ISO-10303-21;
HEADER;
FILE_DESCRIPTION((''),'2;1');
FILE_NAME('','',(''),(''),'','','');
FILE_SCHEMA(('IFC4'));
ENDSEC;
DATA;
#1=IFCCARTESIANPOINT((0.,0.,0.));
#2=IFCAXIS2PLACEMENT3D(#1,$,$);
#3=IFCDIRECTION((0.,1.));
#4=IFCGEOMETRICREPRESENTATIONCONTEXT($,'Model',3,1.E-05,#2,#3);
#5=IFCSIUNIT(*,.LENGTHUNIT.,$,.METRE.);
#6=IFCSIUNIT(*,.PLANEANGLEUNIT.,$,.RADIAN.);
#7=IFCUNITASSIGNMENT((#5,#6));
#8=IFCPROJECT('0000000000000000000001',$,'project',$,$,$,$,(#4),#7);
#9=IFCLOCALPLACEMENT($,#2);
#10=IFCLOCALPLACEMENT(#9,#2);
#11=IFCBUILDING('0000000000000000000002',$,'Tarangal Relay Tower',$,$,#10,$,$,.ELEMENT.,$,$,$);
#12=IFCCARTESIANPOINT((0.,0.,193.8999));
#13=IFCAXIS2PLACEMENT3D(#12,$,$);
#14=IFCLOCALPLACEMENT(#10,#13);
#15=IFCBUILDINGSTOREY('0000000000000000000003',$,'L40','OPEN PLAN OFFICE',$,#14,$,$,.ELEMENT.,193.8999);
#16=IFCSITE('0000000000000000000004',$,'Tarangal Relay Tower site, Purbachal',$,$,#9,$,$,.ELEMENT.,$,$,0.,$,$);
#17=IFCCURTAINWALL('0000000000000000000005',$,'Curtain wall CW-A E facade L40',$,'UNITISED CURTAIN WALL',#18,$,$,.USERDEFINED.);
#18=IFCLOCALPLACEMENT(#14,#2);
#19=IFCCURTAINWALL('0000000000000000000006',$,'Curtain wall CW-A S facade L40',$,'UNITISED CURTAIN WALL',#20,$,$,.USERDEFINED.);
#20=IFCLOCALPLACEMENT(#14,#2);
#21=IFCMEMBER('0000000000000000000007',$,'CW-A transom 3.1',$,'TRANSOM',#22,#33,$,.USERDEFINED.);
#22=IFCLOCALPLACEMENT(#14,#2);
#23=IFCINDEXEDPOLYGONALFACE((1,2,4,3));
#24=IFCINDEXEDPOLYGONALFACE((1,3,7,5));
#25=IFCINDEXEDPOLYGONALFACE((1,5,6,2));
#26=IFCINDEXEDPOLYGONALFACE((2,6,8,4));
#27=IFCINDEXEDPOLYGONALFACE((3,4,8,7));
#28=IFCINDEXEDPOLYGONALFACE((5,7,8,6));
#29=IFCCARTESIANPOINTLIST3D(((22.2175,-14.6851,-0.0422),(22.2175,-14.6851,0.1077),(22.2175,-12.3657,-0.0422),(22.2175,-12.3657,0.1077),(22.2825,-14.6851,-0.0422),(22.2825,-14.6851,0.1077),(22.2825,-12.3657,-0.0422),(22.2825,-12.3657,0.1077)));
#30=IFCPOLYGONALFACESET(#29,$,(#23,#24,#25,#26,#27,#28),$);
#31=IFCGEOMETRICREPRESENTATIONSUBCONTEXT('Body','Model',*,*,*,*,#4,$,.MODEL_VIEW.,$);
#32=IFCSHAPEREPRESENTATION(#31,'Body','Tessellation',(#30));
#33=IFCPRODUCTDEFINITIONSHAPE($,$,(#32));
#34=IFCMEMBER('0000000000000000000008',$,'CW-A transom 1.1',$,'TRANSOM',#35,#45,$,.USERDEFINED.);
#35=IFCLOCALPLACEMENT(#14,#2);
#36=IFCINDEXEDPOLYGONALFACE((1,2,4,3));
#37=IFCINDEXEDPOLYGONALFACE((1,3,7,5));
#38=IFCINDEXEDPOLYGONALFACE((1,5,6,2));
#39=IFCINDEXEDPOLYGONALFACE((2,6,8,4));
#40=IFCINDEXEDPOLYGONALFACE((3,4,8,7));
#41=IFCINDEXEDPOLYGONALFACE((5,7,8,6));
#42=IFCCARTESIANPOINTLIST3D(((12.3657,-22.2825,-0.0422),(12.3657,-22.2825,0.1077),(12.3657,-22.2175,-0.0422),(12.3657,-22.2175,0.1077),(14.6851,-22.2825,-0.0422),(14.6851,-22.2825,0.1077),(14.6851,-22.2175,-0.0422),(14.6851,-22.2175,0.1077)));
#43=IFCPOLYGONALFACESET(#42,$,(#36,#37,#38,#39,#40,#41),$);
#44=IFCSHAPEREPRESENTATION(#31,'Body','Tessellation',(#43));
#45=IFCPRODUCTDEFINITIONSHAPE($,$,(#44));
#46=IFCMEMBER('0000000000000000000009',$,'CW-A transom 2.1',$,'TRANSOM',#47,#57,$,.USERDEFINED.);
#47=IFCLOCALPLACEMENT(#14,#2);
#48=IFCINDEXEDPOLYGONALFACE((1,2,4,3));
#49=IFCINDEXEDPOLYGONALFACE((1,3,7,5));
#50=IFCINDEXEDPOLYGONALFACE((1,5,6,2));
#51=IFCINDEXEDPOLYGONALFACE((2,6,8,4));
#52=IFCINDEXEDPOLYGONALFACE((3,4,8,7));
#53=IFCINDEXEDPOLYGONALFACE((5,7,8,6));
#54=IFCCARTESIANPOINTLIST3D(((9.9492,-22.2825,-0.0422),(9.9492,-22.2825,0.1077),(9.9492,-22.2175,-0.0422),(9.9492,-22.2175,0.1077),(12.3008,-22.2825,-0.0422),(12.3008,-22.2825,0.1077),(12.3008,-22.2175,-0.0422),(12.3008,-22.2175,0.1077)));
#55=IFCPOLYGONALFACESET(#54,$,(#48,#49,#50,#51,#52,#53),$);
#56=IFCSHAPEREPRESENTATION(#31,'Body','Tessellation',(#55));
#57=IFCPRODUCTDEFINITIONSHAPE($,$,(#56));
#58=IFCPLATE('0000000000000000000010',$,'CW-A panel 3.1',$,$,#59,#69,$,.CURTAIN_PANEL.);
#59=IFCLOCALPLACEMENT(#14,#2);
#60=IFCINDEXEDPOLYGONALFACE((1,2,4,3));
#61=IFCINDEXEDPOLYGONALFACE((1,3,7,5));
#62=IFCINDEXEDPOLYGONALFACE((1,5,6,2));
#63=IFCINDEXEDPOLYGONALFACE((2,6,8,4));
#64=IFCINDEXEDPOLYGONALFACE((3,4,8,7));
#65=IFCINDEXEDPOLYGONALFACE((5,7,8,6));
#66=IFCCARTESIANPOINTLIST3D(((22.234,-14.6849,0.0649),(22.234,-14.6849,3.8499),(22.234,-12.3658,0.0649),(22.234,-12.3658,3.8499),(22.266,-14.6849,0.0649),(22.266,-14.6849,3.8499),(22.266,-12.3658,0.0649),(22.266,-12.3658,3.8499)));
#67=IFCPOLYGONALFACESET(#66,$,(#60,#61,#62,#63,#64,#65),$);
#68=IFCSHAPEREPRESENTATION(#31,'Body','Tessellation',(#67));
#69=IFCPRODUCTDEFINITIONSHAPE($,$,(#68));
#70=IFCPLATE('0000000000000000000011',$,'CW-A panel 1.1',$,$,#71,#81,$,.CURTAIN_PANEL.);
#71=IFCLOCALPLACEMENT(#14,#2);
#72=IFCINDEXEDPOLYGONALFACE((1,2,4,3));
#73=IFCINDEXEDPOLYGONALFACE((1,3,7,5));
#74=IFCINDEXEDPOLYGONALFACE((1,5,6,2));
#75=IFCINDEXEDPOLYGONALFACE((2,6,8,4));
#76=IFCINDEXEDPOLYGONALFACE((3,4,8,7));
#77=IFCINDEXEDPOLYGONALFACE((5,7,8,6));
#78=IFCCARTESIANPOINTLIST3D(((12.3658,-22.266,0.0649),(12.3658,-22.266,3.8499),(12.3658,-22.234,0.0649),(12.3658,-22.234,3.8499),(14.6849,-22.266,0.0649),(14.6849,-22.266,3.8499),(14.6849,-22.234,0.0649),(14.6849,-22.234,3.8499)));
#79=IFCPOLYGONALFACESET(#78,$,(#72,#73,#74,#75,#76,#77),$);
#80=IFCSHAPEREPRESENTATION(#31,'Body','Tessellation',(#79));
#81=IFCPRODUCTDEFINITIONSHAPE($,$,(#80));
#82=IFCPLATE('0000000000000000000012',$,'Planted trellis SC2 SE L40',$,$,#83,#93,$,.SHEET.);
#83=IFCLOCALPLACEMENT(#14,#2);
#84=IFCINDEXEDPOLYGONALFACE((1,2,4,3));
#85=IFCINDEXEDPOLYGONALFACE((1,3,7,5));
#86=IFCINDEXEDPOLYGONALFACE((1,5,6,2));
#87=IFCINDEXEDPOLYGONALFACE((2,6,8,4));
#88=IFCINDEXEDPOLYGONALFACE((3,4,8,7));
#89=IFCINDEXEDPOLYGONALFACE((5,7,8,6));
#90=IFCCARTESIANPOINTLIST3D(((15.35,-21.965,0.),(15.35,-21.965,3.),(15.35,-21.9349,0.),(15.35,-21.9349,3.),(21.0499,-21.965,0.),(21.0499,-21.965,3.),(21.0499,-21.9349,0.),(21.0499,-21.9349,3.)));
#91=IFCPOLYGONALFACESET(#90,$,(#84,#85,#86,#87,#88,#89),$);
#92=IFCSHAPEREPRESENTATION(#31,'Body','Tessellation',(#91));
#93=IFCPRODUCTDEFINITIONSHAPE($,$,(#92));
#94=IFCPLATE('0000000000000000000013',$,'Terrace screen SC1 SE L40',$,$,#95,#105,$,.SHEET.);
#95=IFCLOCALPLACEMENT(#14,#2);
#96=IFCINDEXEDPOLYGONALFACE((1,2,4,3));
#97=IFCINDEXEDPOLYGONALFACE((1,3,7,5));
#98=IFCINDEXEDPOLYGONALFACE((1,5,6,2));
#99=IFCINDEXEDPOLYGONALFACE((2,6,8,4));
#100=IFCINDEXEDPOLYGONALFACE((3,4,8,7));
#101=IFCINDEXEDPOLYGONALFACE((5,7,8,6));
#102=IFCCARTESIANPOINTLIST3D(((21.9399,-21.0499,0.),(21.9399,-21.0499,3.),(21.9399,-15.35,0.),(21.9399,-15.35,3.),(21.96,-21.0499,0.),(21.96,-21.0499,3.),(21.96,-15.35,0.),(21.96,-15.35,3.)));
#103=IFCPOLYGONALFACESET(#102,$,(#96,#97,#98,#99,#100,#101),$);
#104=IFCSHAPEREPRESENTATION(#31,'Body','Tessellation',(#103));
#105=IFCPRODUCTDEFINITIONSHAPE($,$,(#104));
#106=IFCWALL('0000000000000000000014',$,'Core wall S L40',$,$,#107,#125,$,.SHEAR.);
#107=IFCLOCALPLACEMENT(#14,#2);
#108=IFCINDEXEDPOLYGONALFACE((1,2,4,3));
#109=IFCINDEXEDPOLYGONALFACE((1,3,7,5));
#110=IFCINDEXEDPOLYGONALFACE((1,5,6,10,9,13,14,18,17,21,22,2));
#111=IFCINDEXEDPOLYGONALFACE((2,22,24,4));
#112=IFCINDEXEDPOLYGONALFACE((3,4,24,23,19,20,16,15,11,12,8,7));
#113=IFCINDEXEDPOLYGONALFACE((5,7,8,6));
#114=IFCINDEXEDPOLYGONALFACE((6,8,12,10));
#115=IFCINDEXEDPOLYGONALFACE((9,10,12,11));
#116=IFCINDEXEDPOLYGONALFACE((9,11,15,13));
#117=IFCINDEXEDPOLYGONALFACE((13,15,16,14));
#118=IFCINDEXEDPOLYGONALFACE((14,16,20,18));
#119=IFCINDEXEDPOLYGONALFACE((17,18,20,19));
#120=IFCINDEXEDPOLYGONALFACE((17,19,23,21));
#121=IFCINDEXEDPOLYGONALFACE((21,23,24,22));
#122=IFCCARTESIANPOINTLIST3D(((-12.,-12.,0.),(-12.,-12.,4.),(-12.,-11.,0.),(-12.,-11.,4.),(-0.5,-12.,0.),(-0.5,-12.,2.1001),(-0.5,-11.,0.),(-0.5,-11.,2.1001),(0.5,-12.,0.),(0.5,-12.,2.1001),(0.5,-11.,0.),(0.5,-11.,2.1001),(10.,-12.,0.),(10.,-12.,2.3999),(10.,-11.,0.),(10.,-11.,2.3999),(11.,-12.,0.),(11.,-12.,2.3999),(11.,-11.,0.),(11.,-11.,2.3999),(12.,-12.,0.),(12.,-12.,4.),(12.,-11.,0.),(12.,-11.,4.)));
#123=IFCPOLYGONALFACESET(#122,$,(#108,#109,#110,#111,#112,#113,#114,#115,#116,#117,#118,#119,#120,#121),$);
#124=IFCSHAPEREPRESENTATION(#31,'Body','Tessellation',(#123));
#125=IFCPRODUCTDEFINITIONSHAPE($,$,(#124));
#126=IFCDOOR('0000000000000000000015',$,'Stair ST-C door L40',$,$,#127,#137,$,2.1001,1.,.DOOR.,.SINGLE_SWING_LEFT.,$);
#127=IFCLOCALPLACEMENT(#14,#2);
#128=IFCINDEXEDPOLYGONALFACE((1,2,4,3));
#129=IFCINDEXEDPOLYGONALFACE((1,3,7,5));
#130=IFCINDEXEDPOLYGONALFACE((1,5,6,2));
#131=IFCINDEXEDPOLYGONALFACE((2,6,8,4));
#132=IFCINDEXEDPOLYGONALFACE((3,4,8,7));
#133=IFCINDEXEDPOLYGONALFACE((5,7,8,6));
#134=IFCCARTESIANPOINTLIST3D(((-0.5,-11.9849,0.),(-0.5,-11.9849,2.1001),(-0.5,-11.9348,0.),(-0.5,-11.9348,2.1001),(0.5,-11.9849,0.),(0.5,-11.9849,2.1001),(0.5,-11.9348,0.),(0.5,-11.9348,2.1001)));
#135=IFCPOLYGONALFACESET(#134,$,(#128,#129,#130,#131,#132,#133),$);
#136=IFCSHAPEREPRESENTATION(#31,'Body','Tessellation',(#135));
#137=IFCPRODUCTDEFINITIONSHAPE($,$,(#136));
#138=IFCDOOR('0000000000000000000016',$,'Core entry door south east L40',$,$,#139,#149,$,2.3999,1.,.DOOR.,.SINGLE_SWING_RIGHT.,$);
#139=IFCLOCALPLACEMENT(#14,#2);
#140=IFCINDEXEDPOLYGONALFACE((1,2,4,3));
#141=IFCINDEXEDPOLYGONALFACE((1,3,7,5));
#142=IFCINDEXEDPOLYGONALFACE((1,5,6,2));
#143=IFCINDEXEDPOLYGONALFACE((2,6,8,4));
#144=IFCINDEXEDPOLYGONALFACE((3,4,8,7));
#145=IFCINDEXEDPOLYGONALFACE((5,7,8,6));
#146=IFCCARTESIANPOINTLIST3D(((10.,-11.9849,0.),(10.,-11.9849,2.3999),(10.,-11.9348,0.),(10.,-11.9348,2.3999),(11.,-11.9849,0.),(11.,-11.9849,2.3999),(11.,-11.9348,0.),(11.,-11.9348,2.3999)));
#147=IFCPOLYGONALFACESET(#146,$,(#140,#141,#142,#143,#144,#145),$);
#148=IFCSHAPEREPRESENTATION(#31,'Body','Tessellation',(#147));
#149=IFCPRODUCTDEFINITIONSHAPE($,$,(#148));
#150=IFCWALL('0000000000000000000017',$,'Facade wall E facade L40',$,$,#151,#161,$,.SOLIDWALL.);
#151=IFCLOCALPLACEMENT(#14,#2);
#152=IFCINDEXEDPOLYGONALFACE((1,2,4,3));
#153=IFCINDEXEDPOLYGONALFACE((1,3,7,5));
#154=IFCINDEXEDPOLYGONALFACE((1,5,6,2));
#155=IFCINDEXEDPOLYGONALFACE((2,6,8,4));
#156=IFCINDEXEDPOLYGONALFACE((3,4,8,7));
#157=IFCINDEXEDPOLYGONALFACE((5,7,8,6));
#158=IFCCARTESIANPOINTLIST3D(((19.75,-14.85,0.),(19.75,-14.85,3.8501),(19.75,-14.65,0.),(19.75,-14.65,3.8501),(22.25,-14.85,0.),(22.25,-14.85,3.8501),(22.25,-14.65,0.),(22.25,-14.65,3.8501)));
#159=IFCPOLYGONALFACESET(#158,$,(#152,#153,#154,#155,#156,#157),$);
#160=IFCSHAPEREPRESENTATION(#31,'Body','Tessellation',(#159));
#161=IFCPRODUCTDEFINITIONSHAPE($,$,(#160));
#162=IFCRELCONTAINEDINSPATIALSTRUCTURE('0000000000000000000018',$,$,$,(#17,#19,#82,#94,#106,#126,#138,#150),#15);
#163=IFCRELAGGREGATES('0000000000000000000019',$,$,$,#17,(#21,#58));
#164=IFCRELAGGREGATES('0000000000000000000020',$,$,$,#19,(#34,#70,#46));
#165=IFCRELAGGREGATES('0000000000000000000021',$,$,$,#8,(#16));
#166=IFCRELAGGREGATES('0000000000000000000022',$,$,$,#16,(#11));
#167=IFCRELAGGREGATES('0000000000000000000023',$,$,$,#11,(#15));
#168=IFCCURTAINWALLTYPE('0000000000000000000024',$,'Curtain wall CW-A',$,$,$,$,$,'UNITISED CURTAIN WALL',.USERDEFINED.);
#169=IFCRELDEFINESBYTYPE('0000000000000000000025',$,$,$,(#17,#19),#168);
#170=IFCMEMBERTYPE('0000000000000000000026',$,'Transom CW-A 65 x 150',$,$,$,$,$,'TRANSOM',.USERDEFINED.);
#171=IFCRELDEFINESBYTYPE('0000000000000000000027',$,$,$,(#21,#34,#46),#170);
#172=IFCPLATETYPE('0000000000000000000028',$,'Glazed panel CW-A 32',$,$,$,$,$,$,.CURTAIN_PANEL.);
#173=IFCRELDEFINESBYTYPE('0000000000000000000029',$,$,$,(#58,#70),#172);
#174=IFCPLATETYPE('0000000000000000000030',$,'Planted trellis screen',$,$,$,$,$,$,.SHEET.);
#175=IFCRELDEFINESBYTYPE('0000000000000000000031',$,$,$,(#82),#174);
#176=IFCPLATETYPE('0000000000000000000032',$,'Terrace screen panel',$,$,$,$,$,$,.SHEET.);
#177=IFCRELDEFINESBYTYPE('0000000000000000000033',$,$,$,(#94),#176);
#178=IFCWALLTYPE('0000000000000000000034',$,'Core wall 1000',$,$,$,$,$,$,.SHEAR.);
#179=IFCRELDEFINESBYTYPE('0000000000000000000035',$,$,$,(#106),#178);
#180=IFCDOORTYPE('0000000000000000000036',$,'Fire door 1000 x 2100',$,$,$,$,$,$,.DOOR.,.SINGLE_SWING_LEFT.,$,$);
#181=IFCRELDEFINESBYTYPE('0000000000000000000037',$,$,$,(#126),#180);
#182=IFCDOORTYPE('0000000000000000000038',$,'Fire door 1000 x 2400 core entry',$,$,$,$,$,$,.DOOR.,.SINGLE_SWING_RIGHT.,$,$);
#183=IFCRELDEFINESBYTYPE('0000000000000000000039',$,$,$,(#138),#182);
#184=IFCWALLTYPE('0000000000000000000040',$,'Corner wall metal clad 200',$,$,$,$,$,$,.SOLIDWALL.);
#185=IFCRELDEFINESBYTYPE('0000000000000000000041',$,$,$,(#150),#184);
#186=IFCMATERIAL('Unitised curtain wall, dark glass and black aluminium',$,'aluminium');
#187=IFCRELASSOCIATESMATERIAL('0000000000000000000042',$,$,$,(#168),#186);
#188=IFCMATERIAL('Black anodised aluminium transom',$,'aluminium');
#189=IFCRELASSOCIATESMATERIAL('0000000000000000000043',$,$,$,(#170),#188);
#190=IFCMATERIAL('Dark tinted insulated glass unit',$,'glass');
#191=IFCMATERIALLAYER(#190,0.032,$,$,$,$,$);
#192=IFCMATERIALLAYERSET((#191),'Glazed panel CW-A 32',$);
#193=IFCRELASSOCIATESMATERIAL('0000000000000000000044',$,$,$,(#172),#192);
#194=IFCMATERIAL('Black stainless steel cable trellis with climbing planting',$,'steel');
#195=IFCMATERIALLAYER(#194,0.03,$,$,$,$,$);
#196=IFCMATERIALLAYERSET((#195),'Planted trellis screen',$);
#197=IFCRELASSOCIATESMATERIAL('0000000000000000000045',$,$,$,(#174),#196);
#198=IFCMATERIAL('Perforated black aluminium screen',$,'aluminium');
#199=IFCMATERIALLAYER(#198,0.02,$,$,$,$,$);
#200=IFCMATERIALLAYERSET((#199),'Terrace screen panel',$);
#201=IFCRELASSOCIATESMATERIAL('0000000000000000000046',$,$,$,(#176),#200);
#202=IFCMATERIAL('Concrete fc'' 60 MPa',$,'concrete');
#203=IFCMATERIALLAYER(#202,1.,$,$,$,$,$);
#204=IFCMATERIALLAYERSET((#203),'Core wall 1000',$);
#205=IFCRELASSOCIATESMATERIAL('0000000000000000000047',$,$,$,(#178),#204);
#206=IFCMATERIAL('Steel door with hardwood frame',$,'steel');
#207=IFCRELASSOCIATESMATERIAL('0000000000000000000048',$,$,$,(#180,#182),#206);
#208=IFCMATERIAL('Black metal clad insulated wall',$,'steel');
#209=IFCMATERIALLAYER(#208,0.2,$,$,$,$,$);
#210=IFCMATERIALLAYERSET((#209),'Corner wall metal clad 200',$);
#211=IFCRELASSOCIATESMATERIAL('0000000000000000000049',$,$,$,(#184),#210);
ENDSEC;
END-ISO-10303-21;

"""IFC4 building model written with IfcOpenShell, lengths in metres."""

from ifc_helpers import new_model, si_unit, direction, frame, frame_2d, origin, origin_2d, place, context, subcontext, project, spatial, rectangle, extrude, material, layer, layer_set, material_profile, profile_set, type_object, element, fill, aggregate, save


model = new_model("IFC4")

# Units and contexts
model_context = context("Model", 3, precision=1e-05, world=origin(), true_north=direction((0.0, 1.0)))
body_context = subcontext(model_context, "Body", "Model", "MODEL_VIEW")
ifc_project = project(units=[si_unit("LENGTHUNIT", "METRE"), si_unit("PLANEANGLEUNIT", "RADIAN")], contexts=[model_context])

# Site, building, storey
site_placement = place(None, origin())
site = spatial("IfcSite", under=ifc_project, at=site_placement, Name="Tarangal Relay Tower site, Purbachal", CompositionType="ELEMENT", RefElevation=0.0)
building_placement = place(site_placement, origin())
building = spatial("IfcBuilding", under=site, at=building_placement, Name="Tarangal Relay Tower", CompositionType="ELEMENT")
storey_placement = place(building_placement, frame((0.0, 0.0, 193.8999)))
storey = spatial("IfcBuildingStorey", under=building, at=storey_placement, Name="L40", Description="OPEN PLAN OFFICE", CompositionType="ELEMENT", Elevation=193.8999)

# Curtain walls
ifc_material_1 = material(Name="Unitised curtain wall, dark glass and black aluminium", Category="aluminium")
curtain_wall_type = type_object("IfcCurtainWallType", Name="Curtain wall CW-A", ElementType="UNITISED CURTAIN WALL", PredefinedType="USERDEFINED", material=ifc_material_1)
curtain_wall_1_placement = place(storey_placement, origin())
curtain_wall_1 = element("IfcCurtainWall", 1, at=curtain_wall_1_placement, inside=storey, type_object=curtain_wall_type, Name="Curtain wall CW-A E facade L40", ObjectType="UNITISED CURTAIN WALL", PredefinedType="USERDEFINED")
curtain_wall_2_placement = place(storey_placement, origin())
curtain_wall_2 = element("IfcCurtainWall", 2, at=curtain_wall_2_placement, inside=storey, type_object=curtain_wall_type, Name="Curtain wall CW-A S facade L40", ObjectType="UNITISED CURTAIN WALL", PredefinedType="USERDEFINED")

# Members
ifc_material_2 = material(Name="Black anodised aluminium transom", Category="aluminium")
ifc_material_profile_1 = material_profile(ifc_material_2, rectangle(XDim=0.0649, YDim=0.1499, at=origin_2d()), Name="CW-AT 65X150")
ifc_profile_set_1 = profile_set([ifc_material_profile_1], Name="Black anodised aluminium transom")
member_type_1 = type_object("IfcMemberType", Name="Transom CW-A 65 x 150", ElementType="TRANSOM", PredefinedType="USERDEFINED", material=ifc_profile_set_1)
member_1_placement = place(storey_placement, frame((22.25, -12.3657, 0.0327), z_axis=(0.0, -1.0, 0.0), x_axis=(1.0, 0.0, 0.0)))
member_1 = element("IfcMember", 3, at=member_1_placement, type_object=member_type_1, Name="CW-A transom 3.1", ObjectType="TRANSOM", PredefinedType="USERDEFINED", context=body_context, shape_type="SweptSolid", body=[
    extrude(rectangle(XDim=0.0649, YDim=0.1499, at=origin_2d()), origin(), (0.0, 0.0, 1.0), 2.3193),
])
member_2_placement = place(storey_placement, frame((14.6851, -22.25, 0.0327), z_axis=(-1.0, 0.0, 0.0), x_axis=(0.0, -1.0, 0.0)))
member_2 = element("IfcMember", 4, at=member_2_placement, type_object=member_type_1, Name="CW-A transom 1.1", ObjectType="TRANSOM", PredefinedType="USERDEFINED", context=body_context, shape_type="SweptSolid", body=[
    extrude(rectangle(XDim=0.0649, YDim=0.1499, at=origin_2d()), origin(), (0.0, 0.0, 1.0), 2.3193),
])
member_3_placement = place(storey_placement, frame((12.3008, -22.25, 0.0327), z_axis=(-1.0, 0.0, 0.0), x_axis=(0.0, -1.0, 0.0)))
member_3 = element("IfcMember", 5, at=member_3_placement, type_object=member_type_1, Name="CW-A transom 2.1", ObjectType="TRANSOM", PredefinedType="USERDEFINED", context=body_context, shape_type="SweptSolid", body=[
    extrude(rectangle(XDim=0.0649, YDim=0.1499, at=origin_2d()), origin(), (0.0, 0.0, 1.0), 2.3516),
])

# Plates
ifc_material_3 = material(Name="Dark tinted insulated glass unit", Category="glass")
ifc_layer_1 = layer(ifc_material_3, 0.032)
ifc_layer_set_1 = layer_set([ifc_layer_1], Name="Glazed panel CW-A 32")
plate_type_1 = type_object("IfcPlateType", Name="Glazed panel CW-A 32", PredefinedType="CURTAIN_PANEL", material=ifc_layer_set_1)
plate_1_placement = place(storey_placement, frame((22.25, -13.5254, 0.0649), z_axis=(0.0, 0.0, 1.0), x_axis=(0.0, -1.0, 0.0)))
plate_1 = element("IfcPlate", 6, at=plate_1_placement, type_object=plate_type_1, Name="CW-A panel 3.1", PredefinedType="CURTAIN_PANEL", context=body_context, shape_type="SweptSolid", body=[
    extrude(rectangle(XDim=2.3191, YDim=0.032, at=origin_2d()), origin(), (0.0, 0.0, 1.0), 3.7849),
])
aggregate(curtain_wall_1, [member_1, plate_1])
plate_2_placement = place(storey_placement, frame((13.5254, -22.25, 0.0649), z_axis=(0.0, 0.0, 1.0), x_axis=(-1.0, 0.0, 0.0)))
plate_2 = element("IfcPlate", 7, at=plate_2_placement, type_object=plate_type_1, Name="CW-A panel 1.1", PredefinedType="CURTAIN_PANEL", context=body_context, shape_type="SweptSolid", body=[
    extrude(rectangle(XDim=2.3191, YDim=0.032, at=origin_2d()), origin(), (0.0, 0.0, 1.0), 3.7849),
])
aggregate(curtain_wall_2, [member_2, plate_2, member_3])

# Plates
ifc_material_4 = material(Name="Black stainless steel cable trellis with climbing planting", Category="steel")
ifc_layer_2 = layer(ifc_material_4, 0.03)
ifc_layer_set_2 = layer_set([ifc_layer_2], Name="Planted trellis screen")
plate_type_2 = type_object("IfcPlateType", Name="Planted trellis screen", PredefinedType="SHEET", material=ifc_layer_set_2)
plate_3_placement = place(storey_placement, frame((18.2, -21.95, 0.0), z_axis=(0.0, 0.0, 1.0), x_axis=(-1.0, 0.0, 0.0)))
element("IfcPlate", 8, at=plate_3_placement, inside=storey, type_object=plate_type_2, Name="Planted trellis SC2 SE L40", PredefinedType="SHEET", context=body_context, shape_type="SweptSolid", body=[
    extrude(rectangle(XDim=5.7, YDim=0.03, at=origin_2d()), origin(), (0.0, 0.0, 1.0), 3.0),
])
ifc_material_5 = material(Name="Perforated black aluminium screen", Category="aluminium")
ifc_layer_3 = layer(ifc_material_5, 0.02)
ifc_layer_set_3 = layer_set([ifc_layer_3], Name="Terrace screen panel")
plate_type_3 = type_object("IfcPlateType", Name="Terrace screen panel", PredefinedType="SHEET", material=ifc_layer_set_3)
plate_4_placement = place(storey_placement, frame((21.95, -18.2, 0.0), z_axis=(0.0, 0.0, 1.0), x_axis=(0.0, -1.0, 0.0)))
element("IfcPlate", 9, at=plate_4_placement, inside=storey, type_object=plate_type_3, Name="Terrace screen SC1 SE L40", PredefinedType="SHEET", context=body_context, shape_type="SweptSolid", body=[
    extrude(rectangle(XDim=5.7, YDim=0.02, at=origin_2d()), origin(), (0.0, 0.0, 1.0), 3.0),
])

# Wall, openings, doors
ifc_material_6 = material(Name="Concrete fc' 60 MPa", Category="concrete")
ifc_layer_4 = layer(ifc_material_6, 1.0)
ifc_layer_set_4 = layer_set([ifc_layer_4], Name="Core wall 1000")
wall_type_1 = type_object("IfcWallType", Name="Core wall 1000", PredefinedType="SHEAR", material=ifc_layer_set_4)
wall_1_placement = place(storey_placement, frame((12.0, -11.5, 0.0), z_axis=(0.0, 0.0, 1.0), x_axis=(-1.0, 0.0, 0.0)))
wall_1 = element("IfcWall", 10, at=wall_1_placement, inside=storey, type_object=wall_type_1, Name="Core wall S L40", PredefinedType="SHEAR", context=body_context, shape_type="SweptSolid", body=[
    extrude(rectangle(XDim=24.0, YDim=1.0, at=frame_2d((12.0, 0.0))), origin(), (0.0, 0.0, 1.0), 4.0),
])
opening_1_placement = place(wall_1_placement, frame((11.5, 0.0, 0.0)))
opening_1 = element("IfcOpeningElement", 11, at=opening_1_placement, cuts=wall_1, PredefinedType="OPENING", context=body_context, shape_type="SweptSolid", body=[
    extrude(rectangle(XDim=1.0, YDim=2.1001, at=frame_2d((0.5, 1.05))), frame((0.0, 0.51, 0.0), z_axis=(0.0, -1.0, 0.0), x_axis=(1.0, 0.0, 0.0)), (0.0, 0.0, 1.0), 1.02),
])
opening_2_placement = place(wall_1_placement, frame((1.0, 0.0, 0.0)))
opening_2 = element("IfcOpeningElement", 12, at=opening_2_placement, cuts=wall_1, PredefinedType="OPENING", context=body_context, shape_type="SweptSolid", body=[
    extrude(rectangle(XDim=1.0, YDim=2.3999, at=frame_2d((0.5, 1.2))), frame((0.0, 0.51, 0.0), z_axis=(0.0, -1.0, 0.0), x_axis=(1.0, 0.0, 0.0)), (0.0, 0.0, 1.0), 1.02),
])
ifc_material_7 = material(Name="Steel door with hardwood frame", Category="steel")
door_type_1 = type_object("IfcDoorType", Name="Fire door 1000 x 2100", OperationType="SINGLE_SWING_LEFT", PredefinedType="DOOR", material=ifc_material_7)
door_1_placement = place(opening_1_placement, origin())
door_1 = element("IfcDoor", 13, at=door_1_placement, inside=storey, type_object=door_type_1, Name="Stair ST-C door L40", OperationType="SINGLE_SWING_LEFT", OverallHeight=2.1001, OverallWidth=1.0, PredefinedType="DOOR", context=body_context, shape_type="SweptSolid", body=[
    extrude(rectangle(XDim=1.0, YDim=2.1001, at=frame_2d((0.5, 1.05))), frame((0.0, 0.4849, 0.0), z_axis=(0.0, -1.0, 0.0), x_axis=(1.0, 0.0, 0.0)), (0.0, 0.0, 1.0), 0.05),
])
fill(opening_1, door_1)
door_type_2 = type_object("IfcDoorType", Name="Fire door 1000 x 2400 core entry", OperationType="SINGLE_SWING_RIGHT", PredefinedType="DOOR", material=ifc_material_7)
door_2_placement = place(opening_2_placement, origin())
door_2 = element("IfcDoor", 14, at=door_2_placement, inside=storey, type_object=door_type_2, Name="Core entry door south east L40", OperationType="SINGLE_SWING_RIGHT", OverallHeight=2.3999, OverallWidth=1.0, PredefinedType="DOOR", context=body_context, shape_type="SweptSolid", body=[
    extrude(rectangle(XDim=1.0, YDim=2.3999, at=frame_2d((0.5, 1.2))), frame((0.0, 0.4849, 0.0), z_axis=(0.0, -1.0, 0.0), x_axis=(1.0, 0.0, 0.0)), (0.0, 0.0, 1.0), 0.05),
])
fill(opening_2, door_2)

# Wall
ifc_material_8 = material(Name="Black metal clad insulated wall", Category="steel")
ifc_layer_5 = layer(ifc_material_8, 0.2)
ifc_layer_set_5 = layer_set([ifc_layer_5], Name="Corner wall metal clad 200")
wall_type_2 = type_object("IfcWallType", Name="Corner wall metal clad 200", PredefinedType="SOLIDWALL", material=ifc_layer_set_5)
wall_2_placement = place(storey_placement, frame((22.25, -14.75, 0.0), z_axis=(0.0, 0.0, 1.0), x_axis=(-1.0, 0.0, 0.0)))
element("IfcWall", 15, at=wall_2_placement, inside=storey, type_object=wall_type_2, Name="Facade wall E facade L40", PredefinedType="SOLIDWALL", context=body_context, shape_type="SweptSolid", body=[
    extrude(rectangle(XDim=2.5, YDim=0.2, at=frame_2d((1.25, 0.0))), origin(), (0.0, 0.0, 1.0), 3.8501),
])

save(model, "model.ifc")
